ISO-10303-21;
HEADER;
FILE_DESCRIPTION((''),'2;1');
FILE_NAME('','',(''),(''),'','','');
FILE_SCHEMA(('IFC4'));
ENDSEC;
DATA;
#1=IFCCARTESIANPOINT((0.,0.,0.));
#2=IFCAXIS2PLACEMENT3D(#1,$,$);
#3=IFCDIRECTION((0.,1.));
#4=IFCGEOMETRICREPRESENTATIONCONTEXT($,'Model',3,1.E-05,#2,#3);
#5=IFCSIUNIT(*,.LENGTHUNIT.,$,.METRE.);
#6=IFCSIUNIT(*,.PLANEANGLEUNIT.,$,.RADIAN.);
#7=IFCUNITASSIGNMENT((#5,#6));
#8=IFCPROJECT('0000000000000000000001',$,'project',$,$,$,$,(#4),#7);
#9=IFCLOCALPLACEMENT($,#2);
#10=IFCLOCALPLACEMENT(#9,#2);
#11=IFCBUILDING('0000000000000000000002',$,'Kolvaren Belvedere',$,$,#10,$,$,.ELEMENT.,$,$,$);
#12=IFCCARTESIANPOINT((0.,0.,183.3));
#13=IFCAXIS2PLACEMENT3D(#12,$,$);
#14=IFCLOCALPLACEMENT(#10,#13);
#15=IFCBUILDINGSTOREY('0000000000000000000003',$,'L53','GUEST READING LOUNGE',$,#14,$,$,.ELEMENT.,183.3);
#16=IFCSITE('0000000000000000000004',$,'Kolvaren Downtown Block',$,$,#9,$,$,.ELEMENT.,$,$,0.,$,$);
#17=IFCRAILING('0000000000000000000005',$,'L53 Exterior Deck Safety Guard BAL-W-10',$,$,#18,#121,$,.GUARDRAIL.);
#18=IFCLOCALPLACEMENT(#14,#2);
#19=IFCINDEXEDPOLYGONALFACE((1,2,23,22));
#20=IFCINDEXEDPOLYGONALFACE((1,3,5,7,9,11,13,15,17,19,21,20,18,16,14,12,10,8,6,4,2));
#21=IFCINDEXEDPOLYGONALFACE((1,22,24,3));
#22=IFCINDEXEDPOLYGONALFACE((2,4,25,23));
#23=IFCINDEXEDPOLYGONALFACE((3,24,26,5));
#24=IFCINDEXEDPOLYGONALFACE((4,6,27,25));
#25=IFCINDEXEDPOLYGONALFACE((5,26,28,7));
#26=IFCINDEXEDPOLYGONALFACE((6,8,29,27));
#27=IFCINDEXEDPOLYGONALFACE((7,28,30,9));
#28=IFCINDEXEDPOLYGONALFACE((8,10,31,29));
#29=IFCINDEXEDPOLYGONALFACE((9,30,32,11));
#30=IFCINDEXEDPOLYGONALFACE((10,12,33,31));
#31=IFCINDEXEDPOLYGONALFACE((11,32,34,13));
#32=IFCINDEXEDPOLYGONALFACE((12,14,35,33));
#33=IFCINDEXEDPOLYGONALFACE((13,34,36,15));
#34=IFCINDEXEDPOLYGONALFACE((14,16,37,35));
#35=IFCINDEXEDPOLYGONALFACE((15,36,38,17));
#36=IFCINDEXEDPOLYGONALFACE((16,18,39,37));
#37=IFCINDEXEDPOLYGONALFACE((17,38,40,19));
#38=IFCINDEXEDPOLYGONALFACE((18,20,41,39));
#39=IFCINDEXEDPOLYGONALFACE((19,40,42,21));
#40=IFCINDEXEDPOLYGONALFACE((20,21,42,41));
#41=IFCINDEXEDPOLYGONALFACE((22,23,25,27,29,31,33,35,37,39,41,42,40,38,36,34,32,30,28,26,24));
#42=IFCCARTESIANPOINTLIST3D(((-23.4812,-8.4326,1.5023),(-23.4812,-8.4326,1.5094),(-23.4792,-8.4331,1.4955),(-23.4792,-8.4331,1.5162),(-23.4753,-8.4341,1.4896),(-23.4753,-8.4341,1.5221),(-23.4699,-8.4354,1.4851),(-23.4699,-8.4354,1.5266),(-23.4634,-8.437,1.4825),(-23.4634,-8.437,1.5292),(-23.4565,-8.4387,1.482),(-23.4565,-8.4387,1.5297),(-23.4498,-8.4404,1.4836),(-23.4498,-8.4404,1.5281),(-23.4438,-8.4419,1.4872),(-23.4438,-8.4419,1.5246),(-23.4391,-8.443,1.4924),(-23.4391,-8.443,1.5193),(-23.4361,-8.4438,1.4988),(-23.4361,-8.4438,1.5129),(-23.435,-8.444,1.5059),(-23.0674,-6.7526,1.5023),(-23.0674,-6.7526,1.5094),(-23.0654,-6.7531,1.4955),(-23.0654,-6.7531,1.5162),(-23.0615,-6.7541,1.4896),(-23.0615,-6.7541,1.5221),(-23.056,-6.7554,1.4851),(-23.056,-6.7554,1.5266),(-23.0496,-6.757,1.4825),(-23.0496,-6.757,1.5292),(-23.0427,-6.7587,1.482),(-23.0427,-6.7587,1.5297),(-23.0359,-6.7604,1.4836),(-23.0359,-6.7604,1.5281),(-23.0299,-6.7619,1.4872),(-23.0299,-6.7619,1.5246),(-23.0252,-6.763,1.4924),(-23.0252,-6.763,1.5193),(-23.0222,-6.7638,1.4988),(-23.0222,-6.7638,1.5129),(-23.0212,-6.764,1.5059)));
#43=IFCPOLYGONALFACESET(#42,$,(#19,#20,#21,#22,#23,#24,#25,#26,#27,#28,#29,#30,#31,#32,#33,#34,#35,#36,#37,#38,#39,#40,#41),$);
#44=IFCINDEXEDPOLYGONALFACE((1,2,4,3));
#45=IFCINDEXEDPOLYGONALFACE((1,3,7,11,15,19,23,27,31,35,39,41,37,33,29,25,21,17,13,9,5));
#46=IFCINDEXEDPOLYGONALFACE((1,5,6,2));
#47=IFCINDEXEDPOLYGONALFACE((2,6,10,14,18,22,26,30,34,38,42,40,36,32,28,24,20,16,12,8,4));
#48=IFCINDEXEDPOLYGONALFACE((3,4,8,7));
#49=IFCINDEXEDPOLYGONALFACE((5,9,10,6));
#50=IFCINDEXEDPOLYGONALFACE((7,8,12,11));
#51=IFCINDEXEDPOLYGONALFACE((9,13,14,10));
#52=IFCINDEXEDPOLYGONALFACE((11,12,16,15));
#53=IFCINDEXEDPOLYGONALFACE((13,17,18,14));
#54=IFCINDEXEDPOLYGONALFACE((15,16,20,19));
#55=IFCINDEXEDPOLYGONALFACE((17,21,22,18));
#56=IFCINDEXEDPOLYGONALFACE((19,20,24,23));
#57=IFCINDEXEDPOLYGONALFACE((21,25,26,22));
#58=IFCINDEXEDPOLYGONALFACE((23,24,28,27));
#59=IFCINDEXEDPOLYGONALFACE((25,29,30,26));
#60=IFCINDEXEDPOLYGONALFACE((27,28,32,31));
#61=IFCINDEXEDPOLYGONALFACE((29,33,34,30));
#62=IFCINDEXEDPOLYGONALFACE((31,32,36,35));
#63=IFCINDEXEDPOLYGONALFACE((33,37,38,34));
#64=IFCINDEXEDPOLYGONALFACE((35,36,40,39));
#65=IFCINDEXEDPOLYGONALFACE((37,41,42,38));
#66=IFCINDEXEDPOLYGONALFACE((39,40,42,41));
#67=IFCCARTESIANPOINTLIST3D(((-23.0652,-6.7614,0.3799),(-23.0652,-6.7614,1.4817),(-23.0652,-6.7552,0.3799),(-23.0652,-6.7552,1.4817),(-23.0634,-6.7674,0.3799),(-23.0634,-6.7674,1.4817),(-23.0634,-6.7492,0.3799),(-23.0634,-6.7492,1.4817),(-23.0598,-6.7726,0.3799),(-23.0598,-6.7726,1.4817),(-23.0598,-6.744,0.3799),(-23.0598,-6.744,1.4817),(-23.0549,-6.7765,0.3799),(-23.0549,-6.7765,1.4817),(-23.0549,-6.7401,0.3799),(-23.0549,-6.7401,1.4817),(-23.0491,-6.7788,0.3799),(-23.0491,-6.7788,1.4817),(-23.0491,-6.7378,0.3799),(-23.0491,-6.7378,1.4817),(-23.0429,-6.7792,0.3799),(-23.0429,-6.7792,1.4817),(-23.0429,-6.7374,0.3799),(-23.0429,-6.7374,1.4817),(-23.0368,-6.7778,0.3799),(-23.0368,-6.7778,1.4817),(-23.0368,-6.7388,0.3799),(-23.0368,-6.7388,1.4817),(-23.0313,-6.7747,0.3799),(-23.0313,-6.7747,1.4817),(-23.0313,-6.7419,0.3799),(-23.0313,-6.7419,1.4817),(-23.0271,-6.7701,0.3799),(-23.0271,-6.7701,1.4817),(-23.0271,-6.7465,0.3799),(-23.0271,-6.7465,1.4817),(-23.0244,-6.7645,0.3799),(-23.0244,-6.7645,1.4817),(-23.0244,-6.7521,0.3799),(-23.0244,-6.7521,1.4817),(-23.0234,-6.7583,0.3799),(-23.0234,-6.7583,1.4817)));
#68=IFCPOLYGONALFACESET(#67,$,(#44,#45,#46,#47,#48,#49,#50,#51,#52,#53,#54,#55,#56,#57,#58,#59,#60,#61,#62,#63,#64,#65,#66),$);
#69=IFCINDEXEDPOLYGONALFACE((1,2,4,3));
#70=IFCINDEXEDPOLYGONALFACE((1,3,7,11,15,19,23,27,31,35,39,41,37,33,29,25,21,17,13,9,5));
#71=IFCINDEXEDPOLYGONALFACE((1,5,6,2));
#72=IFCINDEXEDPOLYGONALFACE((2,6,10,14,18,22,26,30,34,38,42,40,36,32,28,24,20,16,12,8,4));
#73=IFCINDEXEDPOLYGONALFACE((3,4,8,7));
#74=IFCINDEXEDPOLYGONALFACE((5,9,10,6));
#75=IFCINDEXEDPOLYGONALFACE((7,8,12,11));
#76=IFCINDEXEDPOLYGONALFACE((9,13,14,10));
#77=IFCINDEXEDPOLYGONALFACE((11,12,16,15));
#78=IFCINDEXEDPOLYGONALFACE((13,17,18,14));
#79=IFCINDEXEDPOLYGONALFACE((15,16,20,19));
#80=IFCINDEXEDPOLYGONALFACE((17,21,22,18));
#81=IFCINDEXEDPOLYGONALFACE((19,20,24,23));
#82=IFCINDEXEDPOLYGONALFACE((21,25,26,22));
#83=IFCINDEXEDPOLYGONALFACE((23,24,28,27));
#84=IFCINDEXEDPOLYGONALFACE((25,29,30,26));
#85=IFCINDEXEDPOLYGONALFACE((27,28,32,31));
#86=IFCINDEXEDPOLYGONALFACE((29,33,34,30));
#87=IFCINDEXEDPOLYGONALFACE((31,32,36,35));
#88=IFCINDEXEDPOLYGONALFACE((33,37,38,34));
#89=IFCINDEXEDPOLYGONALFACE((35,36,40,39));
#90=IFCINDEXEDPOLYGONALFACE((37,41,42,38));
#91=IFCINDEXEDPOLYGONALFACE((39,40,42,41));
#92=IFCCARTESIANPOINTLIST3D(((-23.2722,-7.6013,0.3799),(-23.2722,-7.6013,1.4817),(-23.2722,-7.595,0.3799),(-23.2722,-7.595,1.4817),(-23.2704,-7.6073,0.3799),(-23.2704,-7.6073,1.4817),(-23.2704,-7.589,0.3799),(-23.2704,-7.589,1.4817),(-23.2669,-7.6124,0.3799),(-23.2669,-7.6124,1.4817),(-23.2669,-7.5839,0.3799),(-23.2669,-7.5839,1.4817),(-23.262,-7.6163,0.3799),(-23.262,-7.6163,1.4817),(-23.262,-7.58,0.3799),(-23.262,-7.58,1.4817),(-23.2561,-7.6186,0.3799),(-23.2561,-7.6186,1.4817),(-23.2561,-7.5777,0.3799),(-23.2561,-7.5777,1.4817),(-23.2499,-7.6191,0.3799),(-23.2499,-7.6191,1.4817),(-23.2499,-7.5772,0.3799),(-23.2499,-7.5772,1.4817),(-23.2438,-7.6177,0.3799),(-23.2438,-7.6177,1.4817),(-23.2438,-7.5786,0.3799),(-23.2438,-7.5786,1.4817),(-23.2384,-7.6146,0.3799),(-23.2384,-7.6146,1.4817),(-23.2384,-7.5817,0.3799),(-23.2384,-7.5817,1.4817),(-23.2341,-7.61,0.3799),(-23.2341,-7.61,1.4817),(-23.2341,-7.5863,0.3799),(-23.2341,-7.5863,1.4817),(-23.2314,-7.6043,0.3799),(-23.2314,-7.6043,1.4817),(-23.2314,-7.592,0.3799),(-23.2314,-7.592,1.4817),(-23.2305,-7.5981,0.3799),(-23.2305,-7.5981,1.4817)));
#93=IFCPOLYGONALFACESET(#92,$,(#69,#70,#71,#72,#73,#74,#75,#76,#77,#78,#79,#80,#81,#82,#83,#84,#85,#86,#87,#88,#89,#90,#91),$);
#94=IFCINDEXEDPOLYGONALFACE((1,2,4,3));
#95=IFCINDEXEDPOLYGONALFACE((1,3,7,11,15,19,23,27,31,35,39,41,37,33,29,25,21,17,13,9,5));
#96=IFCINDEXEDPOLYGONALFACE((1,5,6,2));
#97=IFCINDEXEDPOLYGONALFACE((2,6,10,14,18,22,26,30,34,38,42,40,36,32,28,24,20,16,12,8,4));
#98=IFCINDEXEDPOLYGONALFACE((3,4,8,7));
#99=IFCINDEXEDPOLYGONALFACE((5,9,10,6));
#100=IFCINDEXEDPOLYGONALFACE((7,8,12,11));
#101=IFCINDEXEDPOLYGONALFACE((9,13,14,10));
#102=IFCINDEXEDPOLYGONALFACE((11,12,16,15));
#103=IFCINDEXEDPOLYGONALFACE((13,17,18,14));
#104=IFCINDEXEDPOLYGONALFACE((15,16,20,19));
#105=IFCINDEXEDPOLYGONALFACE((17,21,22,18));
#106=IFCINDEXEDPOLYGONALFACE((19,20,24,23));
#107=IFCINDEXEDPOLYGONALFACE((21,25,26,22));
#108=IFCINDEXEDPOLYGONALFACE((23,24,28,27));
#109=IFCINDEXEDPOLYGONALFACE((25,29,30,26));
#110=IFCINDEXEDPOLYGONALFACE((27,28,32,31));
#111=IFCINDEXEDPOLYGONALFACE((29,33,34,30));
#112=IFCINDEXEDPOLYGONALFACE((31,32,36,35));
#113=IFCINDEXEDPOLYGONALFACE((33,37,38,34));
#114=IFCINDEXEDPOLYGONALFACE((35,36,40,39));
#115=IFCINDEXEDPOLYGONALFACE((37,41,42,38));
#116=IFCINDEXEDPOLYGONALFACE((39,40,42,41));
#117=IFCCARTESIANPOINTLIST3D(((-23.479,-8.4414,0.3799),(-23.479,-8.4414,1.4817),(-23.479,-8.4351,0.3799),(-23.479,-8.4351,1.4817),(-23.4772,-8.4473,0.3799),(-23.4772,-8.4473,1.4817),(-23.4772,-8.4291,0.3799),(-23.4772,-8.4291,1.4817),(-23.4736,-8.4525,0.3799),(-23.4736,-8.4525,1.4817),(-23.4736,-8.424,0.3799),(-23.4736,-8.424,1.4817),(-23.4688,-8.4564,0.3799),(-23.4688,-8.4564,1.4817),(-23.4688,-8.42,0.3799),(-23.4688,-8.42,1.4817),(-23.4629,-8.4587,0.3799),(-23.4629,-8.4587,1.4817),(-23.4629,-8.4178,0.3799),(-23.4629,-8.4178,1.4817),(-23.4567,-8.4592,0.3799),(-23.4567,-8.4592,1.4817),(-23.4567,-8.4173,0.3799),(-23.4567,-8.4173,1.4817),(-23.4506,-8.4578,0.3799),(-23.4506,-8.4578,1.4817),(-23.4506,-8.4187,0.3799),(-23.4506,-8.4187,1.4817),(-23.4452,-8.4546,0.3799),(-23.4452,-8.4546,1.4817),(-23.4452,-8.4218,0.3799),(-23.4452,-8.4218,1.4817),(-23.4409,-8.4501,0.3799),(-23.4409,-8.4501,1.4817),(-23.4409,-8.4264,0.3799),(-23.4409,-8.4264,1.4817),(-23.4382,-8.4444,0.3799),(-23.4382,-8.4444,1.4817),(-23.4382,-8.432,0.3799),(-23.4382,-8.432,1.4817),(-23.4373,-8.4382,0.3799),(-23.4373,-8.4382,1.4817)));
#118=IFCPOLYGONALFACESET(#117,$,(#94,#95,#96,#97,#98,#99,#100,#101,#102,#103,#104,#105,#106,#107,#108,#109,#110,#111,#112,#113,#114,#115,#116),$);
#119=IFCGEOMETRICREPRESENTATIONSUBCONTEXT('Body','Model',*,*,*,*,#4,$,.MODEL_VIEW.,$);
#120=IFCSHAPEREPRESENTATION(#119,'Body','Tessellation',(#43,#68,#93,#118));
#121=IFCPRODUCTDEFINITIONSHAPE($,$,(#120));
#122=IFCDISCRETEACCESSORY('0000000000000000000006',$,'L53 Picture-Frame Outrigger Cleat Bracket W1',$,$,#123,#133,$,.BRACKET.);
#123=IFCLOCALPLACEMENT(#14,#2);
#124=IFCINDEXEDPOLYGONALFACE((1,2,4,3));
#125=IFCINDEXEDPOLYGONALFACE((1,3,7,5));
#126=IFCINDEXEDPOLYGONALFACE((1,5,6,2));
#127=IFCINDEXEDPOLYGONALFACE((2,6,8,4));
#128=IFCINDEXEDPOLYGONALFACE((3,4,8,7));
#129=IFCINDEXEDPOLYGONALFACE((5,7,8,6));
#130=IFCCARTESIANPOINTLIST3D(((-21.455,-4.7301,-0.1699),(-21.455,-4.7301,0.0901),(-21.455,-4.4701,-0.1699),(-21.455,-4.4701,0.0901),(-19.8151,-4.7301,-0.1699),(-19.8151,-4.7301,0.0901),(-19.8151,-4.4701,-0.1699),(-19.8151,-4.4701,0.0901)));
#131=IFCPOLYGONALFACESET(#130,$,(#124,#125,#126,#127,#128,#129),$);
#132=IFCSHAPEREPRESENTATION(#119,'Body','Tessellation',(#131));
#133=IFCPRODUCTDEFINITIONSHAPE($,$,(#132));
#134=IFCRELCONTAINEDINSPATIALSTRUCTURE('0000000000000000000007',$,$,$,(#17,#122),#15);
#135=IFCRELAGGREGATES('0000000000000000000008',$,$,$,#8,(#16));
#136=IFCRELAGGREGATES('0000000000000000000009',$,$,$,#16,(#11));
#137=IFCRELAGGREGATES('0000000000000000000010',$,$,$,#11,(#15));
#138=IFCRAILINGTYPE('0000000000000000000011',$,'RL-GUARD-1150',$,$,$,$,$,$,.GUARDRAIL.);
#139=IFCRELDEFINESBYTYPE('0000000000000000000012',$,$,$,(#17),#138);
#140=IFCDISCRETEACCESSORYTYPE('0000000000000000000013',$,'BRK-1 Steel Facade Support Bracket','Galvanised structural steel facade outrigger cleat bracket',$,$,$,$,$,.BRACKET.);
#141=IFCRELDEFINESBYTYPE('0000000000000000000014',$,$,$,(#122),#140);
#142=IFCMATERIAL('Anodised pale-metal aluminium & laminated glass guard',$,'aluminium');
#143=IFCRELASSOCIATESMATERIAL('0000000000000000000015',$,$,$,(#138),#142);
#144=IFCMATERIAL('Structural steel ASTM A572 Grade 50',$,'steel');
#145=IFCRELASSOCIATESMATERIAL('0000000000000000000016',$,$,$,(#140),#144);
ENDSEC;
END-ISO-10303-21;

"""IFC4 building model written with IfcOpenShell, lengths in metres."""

from ifc_helpers import new_model, si_unit, direction, frame, origin, origin_2d, place, context, subcontext, project, spatial, rectangle, circle, extrude, material, type_object, element, save


model = new_model("IFC4")

# Units and contexts
model_context = context("Model", 3, precision=1e-05, world=origin(), true_north=direction((0.0, 1.0)))
body_context = subcontext(model_context, "Body", "Model", "MODEL_VIEW")
ifc_project = project(units=[si_unit("LENGTHUNIT", "METRE"), si_unit("PLANEANGLEUNIT", "RADIAN")], contexts=[model_context])

# Site, building, storey
site_placement = place(None, origin())
site = spatial("IfcSite", under=ifc_project, at=site_placement, Name="Kolvaren Downtown Block", CompositionType="ELEMENT", RefElevation=0.0)
building_placement = place(site_placement, origin())
building = spatial("IfcBuilding", under=site, at=building_placement, Name="Kolvaren Belvedere", CompositionType="ELEMENT")
storey_placement = place(building_placement, frame((0.0, 0.0, 183.3)))
storey = spatial("IfcBuildingStorey", under=building, at=storey_placement, Name="L53", Description="GUEST READING LOUNGE", CompositionType="ELEMENT", Elevation=183.3)

# Railing
ifc_material_1 = material(Name="Anodised pale-metal aluminium & laminated glass guard", Category="aluminium")
railing_type = type_object("IfcRailingType", Name="RL-GUARD-1150", PredefinedType="GUARDRAIL", material=ifc_material_1)
railing_1_placement = place(storey_placement, frame((-23.0444, -6.7583, 0.3799)))
element("IfcRailing", 1, at=railing_1_placement, inside=storey, type_object=railing_type, Name="L53 Exterior Deck Safety Guard BAL-W-10", PredefinedType="GUARDRAIL", context=body_context, shape_type="SweptSolid", body=[
    extrude(circle(Radius=0.0239, at=origin_2d()), frame((0.0, 0.0, 1.126), z_axis=(-0.239181, -0.970975, 0.0), x_axis=(0.970975, -0.239181, 0.0)), (0.0, 0.0, 1.0), 1.7302),
    extrude(circle(Radius=0.021, at=origin_2d()), origin(), (0.0, 0.0, 1.0), 1.1018),
    extrude(circle(Radius=0.021, at=origin_2d()), frame((-0.207, -0.8398, 0.0)), (0.0, 0.0, 1.0), 1.1018),
    extrude(circle(Radius=0.021, at=origin_2d()), frame((-0.4138, -1.6799, 0.0)), (0.0, 0.0, 1.0), 1.1018),
])

# Discrete accessory
ifc_material_2 = material(Name="Structural steel ASTM A572 Grade 50", Category="steel")
discrete_accessory_type = type_object("IfcDiscreteAccessoryType", Name="BRK-1 Steel Facade Support Bracket", Description="Galvanised structural steel facade outrigger cleat bracket", PredefinedType="BRACKET", material=ifc_material_2)
discrete_accessory_placement = place(storey_placement, frame((-20.635, -4.6001, -0.1699), z_axis=(0.0, 0.0, 1.0), x_axis=(1.0, 0.0, 0.0)))
element("IfcDiscreteAccessory", 2, at=discrete_accessory_placement, inside=storey, type_object=discrete_accessory_type, Name="L53 Picture-Frame Outrigger Cleat Bracket W1", PredefinedType="BRACKET", context=body_context, shape_type="SweptSolid", body=[
    extrude(rectangle(XDim=1.6399, YDim=0.26, at=origin_2d()), origin(), (0.0, 0.0, 1.0), 0.26),
])

save(model, "model.ifc")
